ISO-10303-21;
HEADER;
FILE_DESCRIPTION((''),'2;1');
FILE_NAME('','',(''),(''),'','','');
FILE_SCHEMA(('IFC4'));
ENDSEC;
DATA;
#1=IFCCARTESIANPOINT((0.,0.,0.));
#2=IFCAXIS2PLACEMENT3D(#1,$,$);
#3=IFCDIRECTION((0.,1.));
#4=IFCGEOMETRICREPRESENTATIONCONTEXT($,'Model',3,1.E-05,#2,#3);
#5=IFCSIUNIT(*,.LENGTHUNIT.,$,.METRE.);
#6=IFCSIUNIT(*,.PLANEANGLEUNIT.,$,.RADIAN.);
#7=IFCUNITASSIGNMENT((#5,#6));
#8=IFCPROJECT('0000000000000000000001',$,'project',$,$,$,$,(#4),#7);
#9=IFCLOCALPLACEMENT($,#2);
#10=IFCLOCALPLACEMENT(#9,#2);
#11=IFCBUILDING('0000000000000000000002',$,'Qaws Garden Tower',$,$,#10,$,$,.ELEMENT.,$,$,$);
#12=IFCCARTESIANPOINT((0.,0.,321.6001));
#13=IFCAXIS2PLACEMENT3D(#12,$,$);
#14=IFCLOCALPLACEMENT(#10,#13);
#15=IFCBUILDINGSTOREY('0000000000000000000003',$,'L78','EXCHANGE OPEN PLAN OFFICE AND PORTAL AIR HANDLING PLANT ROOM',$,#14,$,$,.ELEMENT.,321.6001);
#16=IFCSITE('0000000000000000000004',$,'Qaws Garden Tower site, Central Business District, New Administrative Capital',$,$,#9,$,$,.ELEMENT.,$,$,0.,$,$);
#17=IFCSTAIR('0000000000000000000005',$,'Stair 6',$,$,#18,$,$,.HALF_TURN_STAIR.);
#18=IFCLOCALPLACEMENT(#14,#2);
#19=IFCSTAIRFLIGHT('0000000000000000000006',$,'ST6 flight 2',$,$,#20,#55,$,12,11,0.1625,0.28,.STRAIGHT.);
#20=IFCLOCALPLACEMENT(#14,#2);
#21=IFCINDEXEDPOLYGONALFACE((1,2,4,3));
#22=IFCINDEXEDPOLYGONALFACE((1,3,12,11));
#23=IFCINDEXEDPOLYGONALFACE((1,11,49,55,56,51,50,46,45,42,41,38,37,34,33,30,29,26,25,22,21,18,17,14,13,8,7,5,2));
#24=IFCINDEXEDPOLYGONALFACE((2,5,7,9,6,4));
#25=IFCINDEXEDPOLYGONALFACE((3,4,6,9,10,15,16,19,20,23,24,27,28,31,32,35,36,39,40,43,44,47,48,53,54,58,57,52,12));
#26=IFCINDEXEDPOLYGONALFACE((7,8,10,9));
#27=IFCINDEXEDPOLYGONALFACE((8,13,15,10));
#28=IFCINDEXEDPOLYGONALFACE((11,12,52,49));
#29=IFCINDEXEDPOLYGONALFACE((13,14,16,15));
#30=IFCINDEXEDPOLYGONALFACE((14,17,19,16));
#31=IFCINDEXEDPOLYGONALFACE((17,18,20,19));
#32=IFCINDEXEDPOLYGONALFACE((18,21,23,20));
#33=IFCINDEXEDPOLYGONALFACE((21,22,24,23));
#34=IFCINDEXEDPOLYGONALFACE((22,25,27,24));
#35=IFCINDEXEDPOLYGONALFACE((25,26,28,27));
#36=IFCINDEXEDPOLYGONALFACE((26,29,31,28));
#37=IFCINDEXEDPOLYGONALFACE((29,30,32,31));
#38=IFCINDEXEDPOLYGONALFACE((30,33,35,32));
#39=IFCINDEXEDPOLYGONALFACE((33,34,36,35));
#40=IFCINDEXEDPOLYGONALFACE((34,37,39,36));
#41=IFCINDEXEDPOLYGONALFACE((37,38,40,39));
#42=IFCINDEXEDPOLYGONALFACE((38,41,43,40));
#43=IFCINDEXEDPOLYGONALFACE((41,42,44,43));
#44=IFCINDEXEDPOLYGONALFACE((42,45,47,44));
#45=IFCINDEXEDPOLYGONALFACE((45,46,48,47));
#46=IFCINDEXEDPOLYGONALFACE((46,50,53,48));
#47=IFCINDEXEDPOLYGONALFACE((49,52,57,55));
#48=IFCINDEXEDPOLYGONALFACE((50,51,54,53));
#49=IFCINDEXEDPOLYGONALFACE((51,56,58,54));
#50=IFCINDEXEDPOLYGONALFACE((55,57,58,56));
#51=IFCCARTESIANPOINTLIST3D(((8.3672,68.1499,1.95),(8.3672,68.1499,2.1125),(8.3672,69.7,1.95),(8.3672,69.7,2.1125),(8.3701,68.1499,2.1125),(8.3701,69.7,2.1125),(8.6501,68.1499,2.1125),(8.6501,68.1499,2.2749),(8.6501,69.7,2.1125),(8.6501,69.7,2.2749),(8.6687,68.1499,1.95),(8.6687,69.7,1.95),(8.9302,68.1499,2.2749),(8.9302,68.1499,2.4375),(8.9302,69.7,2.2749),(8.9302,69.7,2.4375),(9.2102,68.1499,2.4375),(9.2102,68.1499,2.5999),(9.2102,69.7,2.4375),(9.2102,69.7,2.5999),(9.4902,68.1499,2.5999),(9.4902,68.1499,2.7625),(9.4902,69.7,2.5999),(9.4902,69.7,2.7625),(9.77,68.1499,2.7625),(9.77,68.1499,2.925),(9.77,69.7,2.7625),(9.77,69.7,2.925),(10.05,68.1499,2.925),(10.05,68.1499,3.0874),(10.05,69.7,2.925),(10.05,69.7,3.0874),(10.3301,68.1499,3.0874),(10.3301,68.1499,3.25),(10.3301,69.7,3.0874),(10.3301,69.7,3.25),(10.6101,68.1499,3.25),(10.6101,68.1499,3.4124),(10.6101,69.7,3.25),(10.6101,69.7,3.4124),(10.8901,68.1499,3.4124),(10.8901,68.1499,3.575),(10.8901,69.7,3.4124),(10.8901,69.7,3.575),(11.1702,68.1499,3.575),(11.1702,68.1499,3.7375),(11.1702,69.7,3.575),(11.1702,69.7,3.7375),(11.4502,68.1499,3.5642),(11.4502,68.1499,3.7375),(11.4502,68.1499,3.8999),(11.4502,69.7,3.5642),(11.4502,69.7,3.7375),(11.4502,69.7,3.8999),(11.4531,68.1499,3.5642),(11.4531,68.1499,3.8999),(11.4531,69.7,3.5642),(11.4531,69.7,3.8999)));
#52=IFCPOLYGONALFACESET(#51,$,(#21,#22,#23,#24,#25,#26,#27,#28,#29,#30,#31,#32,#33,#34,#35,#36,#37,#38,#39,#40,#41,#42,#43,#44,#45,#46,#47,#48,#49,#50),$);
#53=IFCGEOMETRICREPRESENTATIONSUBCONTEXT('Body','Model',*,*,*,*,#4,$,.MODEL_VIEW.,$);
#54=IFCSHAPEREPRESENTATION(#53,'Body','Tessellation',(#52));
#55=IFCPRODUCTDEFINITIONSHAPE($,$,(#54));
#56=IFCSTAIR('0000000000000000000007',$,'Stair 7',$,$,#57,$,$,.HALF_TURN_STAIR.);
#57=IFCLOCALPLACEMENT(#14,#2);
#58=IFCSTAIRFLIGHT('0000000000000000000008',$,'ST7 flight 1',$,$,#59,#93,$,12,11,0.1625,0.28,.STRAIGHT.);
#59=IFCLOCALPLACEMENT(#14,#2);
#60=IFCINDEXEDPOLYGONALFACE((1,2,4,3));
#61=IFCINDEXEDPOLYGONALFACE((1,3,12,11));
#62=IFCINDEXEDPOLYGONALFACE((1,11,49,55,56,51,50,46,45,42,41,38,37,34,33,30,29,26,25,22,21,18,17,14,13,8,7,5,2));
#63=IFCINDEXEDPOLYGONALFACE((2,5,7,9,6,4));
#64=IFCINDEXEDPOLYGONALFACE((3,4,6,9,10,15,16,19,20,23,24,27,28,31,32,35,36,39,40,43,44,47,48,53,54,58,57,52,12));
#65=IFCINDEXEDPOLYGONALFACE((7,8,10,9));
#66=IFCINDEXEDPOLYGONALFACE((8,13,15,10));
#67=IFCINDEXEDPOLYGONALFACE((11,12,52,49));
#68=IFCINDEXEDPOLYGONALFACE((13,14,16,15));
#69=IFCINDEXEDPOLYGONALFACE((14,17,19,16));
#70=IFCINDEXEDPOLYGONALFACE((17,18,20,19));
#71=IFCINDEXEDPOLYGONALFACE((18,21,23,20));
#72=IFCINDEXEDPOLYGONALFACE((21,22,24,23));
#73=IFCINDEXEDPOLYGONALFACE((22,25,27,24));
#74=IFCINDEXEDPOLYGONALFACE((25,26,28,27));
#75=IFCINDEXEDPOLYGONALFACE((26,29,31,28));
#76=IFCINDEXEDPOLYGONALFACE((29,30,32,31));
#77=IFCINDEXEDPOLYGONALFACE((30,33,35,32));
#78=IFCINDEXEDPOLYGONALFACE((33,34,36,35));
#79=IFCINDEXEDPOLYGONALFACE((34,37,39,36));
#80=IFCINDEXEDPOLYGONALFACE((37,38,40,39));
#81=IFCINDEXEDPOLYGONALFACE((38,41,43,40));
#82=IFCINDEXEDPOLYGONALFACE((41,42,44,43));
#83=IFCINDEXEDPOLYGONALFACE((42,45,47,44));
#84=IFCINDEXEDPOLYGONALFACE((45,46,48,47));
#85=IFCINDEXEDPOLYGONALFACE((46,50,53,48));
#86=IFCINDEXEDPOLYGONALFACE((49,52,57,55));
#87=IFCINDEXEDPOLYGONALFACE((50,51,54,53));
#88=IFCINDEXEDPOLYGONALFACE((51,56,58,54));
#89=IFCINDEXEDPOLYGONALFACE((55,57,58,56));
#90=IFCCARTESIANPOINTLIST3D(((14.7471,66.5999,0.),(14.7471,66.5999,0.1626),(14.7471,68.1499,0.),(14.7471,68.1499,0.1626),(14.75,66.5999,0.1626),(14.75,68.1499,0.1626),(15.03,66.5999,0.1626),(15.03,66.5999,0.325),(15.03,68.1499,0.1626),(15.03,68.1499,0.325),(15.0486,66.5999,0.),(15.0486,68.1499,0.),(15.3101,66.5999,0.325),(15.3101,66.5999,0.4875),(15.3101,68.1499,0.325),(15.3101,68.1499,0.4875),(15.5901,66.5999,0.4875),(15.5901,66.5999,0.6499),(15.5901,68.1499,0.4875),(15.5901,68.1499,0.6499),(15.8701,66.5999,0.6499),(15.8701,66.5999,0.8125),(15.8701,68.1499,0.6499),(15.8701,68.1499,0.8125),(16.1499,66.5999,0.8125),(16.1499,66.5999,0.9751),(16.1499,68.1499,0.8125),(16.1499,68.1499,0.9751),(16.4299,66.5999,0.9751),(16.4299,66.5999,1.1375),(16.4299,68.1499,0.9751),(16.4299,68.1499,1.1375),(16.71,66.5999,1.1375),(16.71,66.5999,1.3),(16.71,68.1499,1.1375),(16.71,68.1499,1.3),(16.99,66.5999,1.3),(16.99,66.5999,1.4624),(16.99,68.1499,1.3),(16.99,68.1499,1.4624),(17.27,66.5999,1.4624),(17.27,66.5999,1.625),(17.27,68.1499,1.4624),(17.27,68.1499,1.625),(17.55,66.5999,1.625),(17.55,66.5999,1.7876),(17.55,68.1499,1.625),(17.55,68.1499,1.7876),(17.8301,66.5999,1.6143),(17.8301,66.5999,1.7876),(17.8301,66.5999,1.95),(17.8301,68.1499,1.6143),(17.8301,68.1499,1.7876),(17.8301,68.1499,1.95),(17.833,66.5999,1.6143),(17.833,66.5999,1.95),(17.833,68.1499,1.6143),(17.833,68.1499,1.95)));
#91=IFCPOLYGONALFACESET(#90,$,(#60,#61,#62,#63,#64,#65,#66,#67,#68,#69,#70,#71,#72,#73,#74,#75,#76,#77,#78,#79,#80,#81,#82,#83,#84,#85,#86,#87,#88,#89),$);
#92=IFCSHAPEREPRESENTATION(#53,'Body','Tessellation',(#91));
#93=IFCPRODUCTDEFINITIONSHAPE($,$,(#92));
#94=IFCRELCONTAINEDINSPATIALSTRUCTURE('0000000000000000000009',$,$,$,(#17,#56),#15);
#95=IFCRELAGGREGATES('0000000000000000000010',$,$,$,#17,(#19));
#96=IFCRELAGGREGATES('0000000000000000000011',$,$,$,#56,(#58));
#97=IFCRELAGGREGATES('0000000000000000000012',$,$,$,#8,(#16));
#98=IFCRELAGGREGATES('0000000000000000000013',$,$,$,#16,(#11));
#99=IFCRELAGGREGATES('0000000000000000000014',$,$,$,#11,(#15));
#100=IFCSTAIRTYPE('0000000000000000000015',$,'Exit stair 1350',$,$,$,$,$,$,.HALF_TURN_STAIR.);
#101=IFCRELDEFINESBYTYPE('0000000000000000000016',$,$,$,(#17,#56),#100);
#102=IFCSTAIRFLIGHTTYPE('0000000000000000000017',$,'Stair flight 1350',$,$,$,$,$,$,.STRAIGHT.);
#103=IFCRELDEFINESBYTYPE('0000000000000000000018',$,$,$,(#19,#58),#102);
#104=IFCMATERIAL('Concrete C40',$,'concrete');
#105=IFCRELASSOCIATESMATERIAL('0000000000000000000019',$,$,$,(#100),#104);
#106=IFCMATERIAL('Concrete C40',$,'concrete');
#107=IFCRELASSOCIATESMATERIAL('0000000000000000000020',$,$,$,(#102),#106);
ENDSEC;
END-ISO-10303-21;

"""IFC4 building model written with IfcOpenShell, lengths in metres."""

from ifc_helpers import new_model, si_unit, direction, frame, origin, place, context, subcontext, project, spatial, polyline, outline, extrude, material, type_object, element, aggregate, save


model = new_model("IFC4")

# Units and contexts
model_context = context("Model", 3, precision=1e-05, world=origin(), true_north=direction((0.0, 1.0)))
body_context = subcontext(model_context, "Body", "Model", "MODEL_VIEW")
ifc_project = project(units=[si_unit("LENGTHUNIT", "METRE"), si_unit("PLANEANGLEUNIT", "RADIAN")], contexts=[model_context])

# Site, building, storey
site_placement = place(None, origin())
site = spatial("IfcSite", under=ifc_project, at=site_placement, Name="Qaws Garden Tower site, Central Business District, New Administrative Capital", CompositionType="ELEMENT", RefElevation=0.0)
building_placement = place(site_placement, origin())
building = spatial("IfcBuilding", under=site, at=building_placement, Name="Qaws Garden Tower", CompositionType="ELEMENT")
storey_placement = place(building_placement, frame((0.0, 0.0, 321.6001)))
storey = spatial("IfcBuildingStorey", under=building, at=storey_placement, Name="L78", Description="EXCHANGE OPEN PLAN OFFICE AND PORTAL AIR HANDLING PLANT ROOM", CompositionType="ELEMENT", Elevation=321.6001)

# Shared definitions
placement = place(storey_placement, origin())

# Stair, stair flight
ifc_material_1 = material(Name="Concrete C40", Category="concrete")
stair_type = type_object("IfcStairType", Name="Exit stair 1350", PredefinedType="HALF_TURN_STAIR", material=ifc_material_1)
stair_1 = element("IfcStair", 1, at=placement, inside=storey, type_object=stair_type, Name="Stair 6", PredefinedType="HALF_TURN_STAIR")
ifc_material_2 = material(Name="Concrete C40", Category="concrete")
stair_flight_type = type_object("IfcStairFlightType", Name="Stair flight 1350", PredefinedType="STRAIGHT", material=ifc_material_2)
stair_flight_1_placement = place(storey_placement, frame((8.3701, 68.925, 1.95), z_axis=(0.0, 0.0, 1.0), x_axis=(1.0, 0.0, 0.0)))
stair_flight_1 = element("IfcStairFlight", 2, at=stair_flight_1_placement, type_object=stair_flight_type, Name="ST6 flight 2", NumberOfRisers=12, NumberOfTreads=11, PredefinedType="STRAIGHT", RiserHeight=0.1625, TreadLength=0.28, context=body_context, shape_type="SweptSolid", body=[
    extrude(outline(polyline([(-0.0029, 0.0), (-0.0029, 0.1626), (0.0, 0.1626), (0.28, 0.1626), (0.28, 0.325), (0.5601, 0.325), (0.5601, 0.4875), (0.8401, 0.4875), (0.8401, 0.6499), (1.1201, 0.6499), (1.1201, 0.8125), (1.3999, 0.8125), (1.3999, 0.9751), (1.6799, 0.9751), (1.6799, 1.1375), (1.96, 1.1375), (1.96, 1.3), (2.24, 1.3), (2.24, 1.4624), (2.52, 1.4624), (2.52, 1.625), (2.8, 1.625), (2.8, 1.7876), (3.0801, 1.7876), (3.0801, 1.95), (3.083, 1.95), (3.083, 1.6143), (3.0801, 1.6143), (0.2986, 0.0), (-0.0029, 0.0)])), frame((0.0, 0.7749, 0.0), z_axis=(0.0, -1.0, 0.0), x_axis=(1.0, 0.0, 0.0)), (0.0, 0.0, 1.0), 1.55),
])
aggregate(stair_1, [stair_flight_1])

# Stair, stair flight
stair_2 = element("IfcStair", 3, at=placement, inside=storey, type_object=stair_type, Name="Stair 7", PredefinedType="HALF_TURN_STAIR")
stair_flight_2_placement = place(storey_placement, frame((14.75, 67.375, 0.0), z_axis=(0.0, 0.0, 1.0), x_axis=(1.0, 0.0, 0.0)))
stair_flight_2 = element("IfcStairFlight", 4, at=stair_flight_2_placement, type_object=stair_flight_type, Name="ST7 flight 1", NumberOfRisers=12, NumberOfTreads=11, PredefinedType="STRAIGHT", RiserHeight=0.1625, TreadLength=0.28, context=body_context, shape_type="SweptSolid", body=[
    extrude(outline(polyline([(-0.0029, 0.0), (-0.0029, 0.1626), (0.0, 0.1626), (0.28, 0.1626), (0.28, 0.325), (0.5601, 0.325), (0.5601, 0.4875), (0.8401, 0.4875), (0.8401, 0.6499), (1.1201, 0.6499), (1.1201, 0.8125), (1.3999, 0.8125), (1.3999, 0.9751), (1.6799, 0.9751), (1.6799, 1.1375), (1.96, 1.1375), (1.96, 1.3), (2.24, 1.3), (2.24, 1.4624), (2.52, 1.4624), (2.52, 1.625), (2.8, 1.625), (2.8, 1.7876), (3.0801, 1.7876), (3.0801, 1.95), (3.083, 1.95), (3.083, 1.6143), (3.0801, 1.6143), (0.2986, 0.0), (-0.0029, 0.0)])), frame((0.0, 0.7749, 0.0), z_axis=(0.0, -1.0, 0.0), x_axis=(1.0, 0.0, 0.0)), (0.0, 0.0, 1.0), 1.55),
])
aggregate(stair_2, [stair_flight_2])

save(model, "model.ifc")
